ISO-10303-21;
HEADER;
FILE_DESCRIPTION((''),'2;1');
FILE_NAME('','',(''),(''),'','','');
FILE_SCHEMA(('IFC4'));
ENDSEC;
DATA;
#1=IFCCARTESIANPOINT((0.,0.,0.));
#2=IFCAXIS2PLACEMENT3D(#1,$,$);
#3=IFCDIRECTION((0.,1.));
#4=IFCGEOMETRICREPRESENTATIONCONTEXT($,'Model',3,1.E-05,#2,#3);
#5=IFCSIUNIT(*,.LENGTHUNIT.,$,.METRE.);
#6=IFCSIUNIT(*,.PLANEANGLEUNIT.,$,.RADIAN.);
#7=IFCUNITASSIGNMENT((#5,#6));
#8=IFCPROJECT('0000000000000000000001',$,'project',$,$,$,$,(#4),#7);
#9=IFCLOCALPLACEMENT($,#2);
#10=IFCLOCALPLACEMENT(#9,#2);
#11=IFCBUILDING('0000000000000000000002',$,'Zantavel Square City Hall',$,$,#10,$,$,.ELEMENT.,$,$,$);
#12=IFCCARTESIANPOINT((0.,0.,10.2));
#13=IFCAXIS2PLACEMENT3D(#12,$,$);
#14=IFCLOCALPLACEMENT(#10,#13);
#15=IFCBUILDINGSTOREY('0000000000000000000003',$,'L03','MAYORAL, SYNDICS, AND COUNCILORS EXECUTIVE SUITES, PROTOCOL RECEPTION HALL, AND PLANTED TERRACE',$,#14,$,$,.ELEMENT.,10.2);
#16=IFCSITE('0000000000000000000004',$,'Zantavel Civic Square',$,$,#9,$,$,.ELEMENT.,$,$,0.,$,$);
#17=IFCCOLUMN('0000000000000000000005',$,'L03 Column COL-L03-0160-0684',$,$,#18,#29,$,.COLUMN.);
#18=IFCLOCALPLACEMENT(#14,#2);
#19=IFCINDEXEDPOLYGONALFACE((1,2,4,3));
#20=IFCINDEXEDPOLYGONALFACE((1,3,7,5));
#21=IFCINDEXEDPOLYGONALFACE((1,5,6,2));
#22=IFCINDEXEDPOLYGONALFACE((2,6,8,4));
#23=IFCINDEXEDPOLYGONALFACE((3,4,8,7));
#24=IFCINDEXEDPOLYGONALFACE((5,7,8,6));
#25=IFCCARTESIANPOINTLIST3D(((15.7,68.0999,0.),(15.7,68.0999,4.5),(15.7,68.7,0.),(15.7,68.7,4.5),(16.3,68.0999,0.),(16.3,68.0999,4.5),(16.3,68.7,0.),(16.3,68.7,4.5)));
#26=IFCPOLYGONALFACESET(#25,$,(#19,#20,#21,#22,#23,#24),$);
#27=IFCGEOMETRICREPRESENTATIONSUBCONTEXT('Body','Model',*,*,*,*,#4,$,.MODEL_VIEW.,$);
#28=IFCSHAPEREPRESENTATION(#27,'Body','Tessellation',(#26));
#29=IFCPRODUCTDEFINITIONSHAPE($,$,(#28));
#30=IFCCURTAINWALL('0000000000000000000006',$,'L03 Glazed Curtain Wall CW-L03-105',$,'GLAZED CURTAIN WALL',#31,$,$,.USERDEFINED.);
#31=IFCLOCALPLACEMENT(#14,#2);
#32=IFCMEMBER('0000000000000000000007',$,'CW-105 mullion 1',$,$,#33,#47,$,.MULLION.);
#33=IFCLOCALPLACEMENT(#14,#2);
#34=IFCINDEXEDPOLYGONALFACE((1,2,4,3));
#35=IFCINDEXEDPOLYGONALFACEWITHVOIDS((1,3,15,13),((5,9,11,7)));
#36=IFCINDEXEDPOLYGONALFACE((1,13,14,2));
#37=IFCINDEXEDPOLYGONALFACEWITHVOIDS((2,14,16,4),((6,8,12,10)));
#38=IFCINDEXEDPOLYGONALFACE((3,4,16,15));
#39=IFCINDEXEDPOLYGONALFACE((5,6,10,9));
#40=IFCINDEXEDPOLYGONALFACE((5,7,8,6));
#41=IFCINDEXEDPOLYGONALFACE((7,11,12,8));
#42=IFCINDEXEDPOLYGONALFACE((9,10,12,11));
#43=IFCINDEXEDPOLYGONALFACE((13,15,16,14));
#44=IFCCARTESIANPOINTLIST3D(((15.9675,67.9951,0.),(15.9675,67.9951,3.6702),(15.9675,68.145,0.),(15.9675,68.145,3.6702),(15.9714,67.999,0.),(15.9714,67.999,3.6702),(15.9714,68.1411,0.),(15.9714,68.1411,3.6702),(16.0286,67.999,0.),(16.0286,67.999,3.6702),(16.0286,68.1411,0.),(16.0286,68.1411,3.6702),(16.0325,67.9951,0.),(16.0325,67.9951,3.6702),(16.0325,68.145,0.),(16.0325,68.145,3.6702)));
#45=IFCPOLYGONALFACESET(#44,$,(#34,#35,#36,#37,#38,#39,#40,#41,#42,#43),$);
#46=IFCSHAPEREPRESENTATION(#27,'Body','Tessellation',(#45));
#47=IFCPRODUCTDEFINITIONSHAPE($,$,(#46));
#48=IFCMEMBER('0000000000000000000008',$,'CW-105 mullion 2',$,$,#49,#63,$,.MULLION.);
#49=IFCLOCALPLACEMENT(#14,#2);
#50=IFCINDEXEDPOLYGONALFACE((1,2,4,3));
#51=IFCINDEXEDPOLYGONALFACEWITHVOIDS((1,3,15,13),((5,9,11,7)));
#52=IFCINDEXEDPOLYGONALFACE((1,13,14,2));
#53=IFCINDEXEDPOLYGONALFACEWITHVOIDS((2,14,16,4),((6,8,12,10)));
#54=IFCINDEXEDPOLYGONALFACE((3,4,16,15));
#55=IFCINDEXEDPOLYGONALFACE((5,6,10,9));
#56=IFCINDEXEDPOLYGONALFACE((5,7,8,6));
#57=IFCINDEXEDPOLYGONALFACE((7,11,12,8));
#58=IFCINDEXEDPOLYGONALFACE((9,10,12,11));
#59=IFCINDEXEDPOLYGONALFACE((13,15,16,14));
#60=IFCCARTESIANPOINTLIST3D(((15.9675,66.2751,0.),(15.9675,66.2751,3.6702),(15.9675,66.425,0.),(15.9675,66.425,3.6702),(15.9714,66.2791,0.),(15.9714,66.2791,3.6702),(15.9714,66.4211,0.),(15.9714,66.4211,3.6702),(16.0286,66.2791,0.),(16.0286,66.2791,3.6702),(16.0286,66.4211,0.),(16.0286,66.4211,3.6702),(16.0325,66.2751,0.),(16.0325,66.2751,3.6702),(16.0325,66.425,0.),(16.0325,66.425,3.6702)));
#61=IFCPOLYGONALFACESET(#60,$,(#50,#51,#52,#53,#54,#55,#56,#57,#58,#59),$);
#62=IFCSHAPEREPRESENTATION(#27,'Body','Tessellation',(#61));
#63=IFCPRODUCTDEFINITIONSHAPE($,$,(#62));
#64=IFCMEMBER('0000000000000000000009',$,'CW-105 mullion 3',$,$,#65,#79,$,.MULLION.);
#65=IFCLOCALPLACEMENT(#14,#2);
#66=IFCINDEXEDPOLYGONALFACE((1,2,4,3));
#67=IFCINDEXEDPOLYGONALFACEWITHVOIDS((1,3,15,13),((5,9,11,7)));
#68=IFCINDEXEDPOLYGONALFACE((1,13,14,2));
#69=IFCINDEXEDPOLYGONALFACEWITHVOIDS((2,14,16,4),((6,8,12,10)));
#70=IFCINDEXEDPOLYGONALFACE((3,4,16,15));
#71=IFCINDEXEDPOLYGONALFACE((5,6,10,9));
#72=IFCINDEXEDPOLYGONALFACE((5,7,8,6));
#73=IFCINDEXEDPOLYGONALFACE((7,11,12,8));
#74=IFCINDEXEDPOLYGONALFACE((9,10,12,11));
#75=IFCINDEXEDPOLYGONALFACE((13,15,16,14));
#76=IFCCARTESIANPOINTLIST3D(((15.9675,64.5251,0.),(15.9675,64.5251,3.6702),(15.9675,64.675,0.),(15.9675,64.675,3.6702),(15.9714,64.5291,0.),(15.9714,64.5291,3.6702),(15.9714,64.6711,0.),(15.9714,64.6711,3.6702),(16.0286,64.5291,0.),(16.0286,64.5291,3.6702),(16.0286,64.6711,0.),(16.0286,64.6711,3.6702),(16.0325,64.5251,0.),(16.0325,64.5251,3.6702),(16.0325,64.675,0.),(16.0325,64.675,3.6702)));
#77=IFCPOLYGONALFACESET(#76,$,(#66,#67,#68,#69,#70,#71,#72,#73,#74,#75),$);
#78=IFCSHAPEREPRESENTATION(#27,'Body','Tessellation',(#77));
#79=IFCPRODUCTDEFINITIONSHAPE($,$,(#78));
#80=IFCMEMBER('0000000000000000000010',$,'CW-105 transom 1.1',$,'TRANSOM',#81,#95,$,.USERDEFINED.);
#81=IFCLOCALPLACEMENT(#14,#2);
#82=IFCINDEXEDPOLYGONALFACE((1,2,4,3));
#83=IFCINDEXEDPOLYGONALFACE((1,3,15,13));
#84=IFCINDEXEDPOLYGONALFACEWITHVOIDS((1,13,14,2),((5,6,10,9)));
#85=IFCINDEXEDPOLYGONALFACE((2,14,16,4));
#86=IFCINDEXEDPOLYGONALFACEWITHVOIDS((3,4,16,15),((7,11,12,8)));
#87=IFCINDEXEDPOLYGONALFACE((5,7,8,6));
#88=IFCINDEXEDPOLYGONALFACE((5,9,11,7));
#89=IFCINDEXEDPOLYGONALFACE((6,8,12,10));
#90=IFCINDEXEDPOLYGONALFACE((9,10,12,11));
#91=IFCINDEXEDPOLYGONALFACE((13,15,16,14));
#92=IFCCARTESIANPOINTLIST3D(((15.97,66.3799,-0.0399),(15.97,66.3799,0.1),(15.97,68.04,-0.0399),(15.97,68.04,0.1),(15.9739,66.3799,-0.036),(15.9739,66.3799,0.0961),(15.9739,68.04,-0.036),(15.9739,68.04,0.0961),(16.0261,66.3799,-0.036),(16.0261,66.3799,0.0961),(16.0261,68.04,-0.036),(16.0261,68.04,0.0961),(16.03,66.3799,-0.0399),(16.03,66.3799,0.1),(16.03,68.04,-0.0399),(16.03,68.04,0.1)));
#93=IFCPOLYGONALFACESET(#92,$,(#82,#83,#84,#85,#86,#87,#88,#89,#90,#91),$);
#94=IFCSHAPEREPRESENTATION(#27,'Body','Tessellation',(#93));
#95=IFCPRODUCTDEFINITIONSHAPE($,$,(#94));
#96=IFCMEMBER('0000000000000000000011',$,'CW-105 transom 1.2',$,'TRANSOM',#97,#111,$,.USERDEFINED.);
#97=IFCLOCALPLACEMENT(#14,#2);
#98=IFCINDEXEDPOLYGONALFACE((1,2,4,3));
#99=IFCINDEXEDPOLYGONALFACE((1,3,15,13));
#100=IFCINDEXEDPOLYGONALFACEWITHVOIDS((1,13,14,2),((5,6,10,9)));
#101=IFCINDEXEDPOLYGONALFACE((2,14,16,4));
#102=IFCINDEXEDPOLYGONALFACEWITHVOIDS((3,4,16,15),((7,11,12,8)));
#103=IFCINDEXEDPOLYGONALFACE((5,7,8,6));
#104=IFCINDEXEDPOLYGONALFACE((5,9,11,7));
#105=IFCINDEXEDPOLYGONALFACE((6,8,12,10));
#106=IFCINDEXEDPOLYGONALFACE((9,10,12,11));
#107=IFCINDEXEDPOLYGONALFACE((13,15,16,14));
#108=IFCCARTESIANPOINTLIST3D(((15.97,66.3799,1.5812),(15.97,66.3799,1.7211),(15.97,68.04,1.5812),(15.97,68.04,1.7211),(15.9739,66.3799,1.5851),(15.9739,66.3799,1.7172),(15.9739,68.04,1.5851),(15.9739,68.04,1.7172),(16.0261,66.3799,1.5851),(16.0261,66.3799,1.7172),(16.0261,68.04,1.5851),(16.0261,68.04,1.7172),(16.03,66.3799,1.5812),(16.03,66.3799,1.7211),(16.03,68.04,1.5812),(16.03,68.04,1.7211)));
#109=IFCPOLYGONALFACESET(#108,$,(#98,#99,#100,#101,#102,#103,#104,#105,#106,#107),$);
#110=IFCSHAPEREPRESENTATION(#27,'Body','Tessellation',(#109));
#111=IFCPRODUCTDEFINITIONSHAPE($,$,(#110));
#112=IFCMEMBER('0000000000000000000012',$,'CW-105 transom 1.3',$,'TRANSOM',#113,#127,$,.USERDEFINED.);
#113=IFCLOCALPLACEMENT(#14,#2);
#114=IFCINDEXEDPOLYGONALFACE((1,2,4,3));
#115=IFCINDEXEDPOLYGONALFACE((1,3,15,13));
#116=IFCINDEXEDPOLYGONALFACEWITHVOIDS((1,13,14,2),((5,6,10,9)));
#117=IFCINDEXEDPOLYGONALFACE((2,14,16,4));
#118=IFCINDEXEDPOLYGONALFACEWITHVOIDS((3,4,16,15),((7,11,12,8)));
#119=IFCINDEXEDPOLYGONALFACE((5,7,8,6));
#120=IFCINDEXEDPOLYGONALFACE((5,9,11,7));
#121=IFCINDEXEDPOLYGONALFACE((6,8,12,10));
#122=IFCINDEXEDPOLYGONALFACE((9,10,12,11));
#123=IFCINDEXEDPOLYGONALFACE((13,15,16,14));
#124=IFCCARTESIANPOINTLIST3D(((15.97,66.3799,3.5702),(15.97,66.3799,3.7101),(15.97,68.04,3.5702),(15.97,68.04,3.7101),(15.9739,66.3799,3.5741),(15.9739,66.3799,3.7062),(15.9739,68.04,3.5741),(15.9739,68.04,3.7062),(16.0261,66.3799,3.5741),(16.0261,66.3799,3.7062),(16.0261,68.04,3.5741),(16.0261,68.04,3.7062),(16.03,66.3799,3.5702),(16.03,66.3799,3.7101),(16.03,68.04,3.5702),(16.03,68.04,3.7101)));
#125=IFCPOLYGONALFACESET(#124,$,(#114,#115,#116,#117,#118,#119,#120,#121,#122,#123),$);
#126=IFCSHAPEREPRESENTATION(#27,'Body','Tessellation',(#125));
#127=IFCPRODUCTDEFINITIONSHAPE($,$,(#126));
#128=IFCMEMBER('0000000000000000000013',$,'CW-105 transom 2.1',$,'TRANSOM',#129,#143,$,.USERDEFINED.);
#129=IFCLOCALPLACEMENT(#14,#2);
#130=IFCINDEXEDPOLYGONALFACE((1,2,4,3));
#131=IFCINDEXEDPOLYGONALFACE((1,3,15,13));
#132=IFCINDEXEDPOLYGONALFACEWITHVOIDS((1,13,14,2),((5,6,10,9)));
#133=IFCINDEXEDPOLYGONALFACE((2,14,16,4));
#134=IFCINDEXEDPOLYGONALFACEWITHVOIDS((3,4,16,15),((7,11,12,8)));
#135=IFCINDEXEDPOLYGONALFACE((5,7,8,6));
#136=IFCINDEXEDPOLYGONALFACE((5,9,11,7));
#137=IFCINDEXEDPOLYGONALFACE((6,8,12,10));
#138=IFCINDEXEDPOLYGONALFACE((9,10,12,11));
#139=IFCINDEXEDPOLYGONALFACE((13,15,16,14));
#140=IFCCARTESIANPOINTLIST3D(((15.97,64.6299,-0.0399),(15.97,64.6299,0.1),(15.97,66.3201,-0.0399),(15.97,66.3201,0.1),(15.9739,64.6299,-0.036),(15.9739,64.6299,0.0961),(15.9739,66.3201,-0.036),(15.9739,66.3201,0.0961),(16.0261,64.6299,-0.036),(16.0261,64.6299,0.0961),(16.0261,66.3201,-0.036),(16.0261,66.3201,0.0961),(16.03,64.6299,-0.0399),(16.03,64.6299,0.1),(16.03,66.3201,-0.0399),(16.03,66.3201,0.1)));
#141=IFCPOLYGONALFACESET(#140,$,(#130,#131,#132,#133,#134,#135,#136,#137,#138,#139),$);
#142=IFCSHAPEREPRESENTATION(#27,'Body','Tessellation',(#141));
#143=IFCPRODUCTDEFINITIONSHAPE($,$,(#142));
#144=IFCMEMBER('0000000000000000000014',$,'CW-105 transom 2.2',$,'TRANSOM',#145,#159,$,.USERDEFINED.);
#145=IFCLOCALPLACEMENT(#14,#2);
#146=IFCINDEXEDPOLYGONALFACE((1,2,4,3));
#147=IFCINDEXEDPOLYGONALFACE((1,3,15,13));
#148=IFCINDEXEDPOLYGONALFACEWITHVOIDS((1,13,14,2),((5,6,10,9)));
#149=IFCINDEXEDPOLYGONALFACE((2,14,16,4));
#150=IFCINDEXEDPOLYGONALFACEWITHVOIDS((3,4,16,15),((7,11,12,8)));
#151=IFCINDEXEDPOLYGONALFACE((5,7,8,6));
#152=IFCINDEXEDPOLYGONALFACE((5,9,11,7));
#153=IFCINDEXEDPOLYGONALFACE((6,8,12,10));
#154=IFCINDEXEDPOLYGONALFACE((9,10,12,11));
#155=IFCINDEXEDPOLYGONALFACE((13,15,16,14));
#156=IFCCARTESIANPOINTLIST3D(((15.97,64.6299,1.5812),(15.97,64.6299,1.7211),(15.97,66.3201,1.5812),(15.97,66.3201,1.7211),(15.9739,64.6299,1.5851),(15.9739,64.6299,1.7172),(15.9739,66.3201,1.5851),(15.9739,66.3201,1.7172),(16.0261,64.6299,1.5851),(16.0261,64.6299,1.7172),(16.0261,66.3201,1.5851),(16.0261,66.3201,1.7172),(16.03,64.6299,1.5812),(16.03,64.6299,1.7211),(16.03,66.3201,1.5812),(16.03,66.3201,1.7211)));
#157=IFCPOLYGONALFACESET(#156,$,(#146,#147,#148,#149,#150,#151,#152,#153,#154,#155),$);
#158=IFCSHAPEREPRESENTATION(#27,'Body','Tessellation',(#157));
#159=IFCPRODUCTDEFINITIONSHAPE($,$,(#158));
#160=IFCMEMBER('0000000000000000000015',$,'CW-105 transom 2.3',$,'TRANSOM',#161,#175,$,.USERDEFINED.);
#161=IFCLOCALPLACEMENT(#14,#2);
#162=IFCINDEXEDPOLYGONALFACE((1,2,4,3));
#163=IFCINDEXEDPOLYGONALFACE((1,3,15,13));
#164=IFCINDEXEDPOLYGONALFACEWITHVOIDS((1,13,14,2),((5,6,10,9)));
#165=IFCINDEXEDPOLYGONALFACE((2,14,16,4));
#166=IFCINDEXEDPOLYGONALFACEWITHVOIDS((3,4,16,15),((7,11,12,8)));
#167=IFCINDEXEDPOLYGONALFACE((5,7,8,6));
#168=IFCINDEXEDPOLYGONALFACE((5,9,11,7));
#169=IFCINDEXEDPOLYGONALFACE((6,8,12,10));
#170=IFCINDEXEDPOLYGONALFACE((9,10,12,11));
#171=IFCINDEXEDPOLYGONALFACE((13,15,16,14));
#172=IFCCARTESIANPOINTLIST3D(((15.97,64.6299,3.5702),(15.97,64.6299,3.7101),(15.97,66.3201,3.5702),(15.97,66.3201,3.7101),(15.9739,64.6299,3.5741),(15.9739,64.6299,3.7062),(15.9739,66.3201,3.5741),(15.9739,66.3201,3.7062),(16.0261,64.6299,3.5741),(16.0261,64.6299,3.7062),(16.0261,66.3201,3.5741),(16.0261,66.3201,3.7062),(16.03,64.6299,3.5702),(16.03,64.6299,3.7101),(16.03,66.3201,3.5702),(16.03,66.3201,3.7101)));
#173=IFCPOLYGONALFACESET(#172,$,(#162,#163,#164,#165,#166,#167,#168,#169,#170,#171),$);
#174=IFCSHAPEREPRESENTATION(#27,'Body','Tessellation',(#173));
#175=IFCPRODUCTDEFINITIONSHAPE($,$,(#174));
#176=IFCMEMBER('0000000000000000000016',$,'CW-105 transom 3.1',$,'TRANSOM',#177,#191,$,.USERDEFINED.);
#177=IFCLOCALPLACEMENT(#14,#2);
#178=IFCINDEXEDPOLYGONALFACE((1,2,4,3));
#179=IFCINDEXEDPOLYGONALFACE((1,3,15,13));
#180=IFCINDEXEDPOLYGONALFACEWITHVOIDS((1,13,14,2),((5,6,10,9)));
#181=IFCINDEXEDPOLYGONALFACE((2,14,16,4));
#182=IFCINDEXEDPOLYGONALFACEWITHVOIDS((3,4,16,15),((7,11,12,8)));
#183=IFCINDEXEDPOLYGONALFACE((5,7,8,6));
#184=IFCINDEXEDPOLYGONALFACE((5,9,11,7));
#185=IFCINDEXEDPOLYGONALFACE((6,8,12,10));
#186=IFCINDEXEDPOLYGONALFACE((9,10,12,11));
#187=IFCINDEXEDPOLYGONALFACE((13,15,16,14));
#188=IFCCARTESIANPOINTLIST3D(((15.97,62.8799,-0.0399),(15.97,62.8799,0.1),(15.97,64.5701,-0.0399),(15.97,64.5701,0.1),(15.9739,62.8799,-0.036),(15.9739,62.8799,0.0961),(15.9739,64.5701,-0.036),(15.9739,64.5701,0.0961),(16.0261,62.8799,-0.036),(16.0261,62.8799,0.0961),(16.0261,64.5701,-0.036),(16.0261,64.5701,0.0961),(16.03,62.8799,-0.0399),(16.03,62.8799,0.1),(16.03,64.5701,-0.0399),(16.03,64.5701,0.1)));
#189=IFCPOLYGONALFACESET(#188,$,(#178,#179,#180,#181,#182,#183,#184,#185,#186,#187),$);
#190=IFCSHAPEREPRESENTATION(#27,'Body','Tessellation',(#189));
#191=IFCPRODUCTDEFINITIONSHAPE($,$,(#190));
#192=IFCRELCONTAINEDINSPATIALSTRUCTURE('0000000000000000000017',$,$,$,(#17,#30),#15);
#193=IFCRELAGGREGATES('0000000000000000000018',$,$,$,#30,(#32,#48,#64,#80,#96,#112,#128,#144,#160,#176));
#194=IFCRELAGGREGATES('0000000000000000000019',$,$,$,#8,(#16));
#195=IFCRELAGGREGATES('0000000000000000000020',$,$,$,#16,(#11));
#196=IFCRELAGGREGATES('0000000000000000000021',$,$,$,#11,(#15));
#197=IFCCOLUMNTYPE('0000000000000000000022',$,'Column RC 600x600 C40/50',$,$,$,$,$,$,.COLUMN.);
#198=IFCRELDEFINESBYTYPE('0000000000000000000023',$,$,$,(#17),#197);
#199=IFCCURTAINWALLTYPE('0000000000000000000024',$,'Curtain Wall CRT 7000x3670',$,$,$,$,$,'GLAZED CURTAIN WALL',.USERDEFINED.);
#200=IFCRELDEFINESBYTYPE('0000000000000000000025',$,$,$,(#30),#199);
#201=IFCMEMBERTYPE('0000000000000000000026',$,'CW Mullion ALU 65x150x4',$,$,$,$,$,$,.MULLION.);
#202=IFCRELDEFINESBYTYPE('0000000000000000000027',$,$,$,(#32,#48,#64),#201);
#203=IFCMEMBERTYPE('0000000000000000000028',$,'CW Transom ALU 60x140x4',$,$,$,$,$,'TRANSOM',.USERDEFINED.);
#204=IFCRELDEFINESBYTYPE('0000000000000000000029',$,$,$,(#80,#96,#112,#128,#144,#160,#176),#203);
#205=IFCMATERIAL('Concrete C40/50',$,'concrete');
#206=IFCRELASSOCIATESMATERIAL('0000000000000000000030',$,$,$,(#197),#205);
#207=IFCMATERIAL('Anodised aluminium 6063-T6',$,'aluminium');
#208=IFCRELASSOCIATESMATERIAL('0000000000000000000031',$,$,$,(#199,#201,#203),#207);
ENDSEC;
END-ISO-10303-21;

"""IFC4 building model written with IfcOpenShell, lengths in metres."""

from ifc_helpers import new_model, si_unit, direction, frame, origin, origin_2d, place, context, subcontext, project, spatial, rectangle, hollow_rectangle, extrude, material, material_profile, profile_set, type_object, element, aggregate, save


model = new_model("IFC4")

# Units and contexts
model_context = context("Model", 3, precision=1e-05, world=origin(), true_north=direction((0.0, 1.0)))
body_context = subcontext(model_context, "Body", "Model", "MODEL_VIEW")
ifc_project = project(units=[si_unit("LENGTHUNIT", "METRE"), si_unit("PLANEANGLEUNIT", "RADIAN")], contexts=[model_context])

# Site, building, storey
site_placement = place(None, origin())
site = spatial("IfcSite", under=ifc_project, at=site_placement, Name="Zantavel Civic Square", CompositionType="ELEMENT", RefElevation=0.0)
building_placement = place(site_placement, origin())
building = spatial("IfcBuilding", under=site, at=building_placement, Name="Zantavel Square City Hall", CompositionType="ELEMENT")
storey_placement = place(building_placement, frame((0.0, 0.0, 10.2)))
storey = spatial("IfcBuildingStorey", under=building, at=storey_placement, Name="L03", Description="MAYORAL, SYNDICS, AND COUNCILORS EXECUTIVE SUITES, PROTOCOL RECEPTION HALL, AND PLANTED TERRACE", CompositionType="ELEMENT", Elevation=10.2)

# Column
ifc_material_1 = material(Name="Concrete C40/50", Category="concrete")
ifc_material_profile_1 = material_profile(ifc_material_1, rectangle(XDim=0.6001, YDim=0.6001, at=origin_2d()), Name="RC 600x600")
ifc_profile_set_1 = profile_set([ifc_material_profile_1], Name="Concrete C40/50")
column_type = type_object("IfcColumnType", Name="Column RC 600x600 C40/50", PredefinedType="COLUMN", material=ifc_profile_set_1)
column_placement = place(storey_placement, frame((16.0, 68.3999, 0.0), z_axis=(0.0, 0.0, 1.0), x_axis=(1.0, 0.0, 0.0)))
element("IfcColumn", 1, at=column_placement, inside=storey, type_object=column_type, Name="L03 Column COL-L03-0160-0684", PredefinedType="COLUMN", context=body_context, shape_type="SweptSolid", body=[
    extrude(rectangle(XDim=0.6001, YDim=0.6001, at=origin_2d()), origin(), (0.0, 0.0, 1.0), 4.5),
])

# Curtain wall, members
ifc_material_2 = material(Name="Anodised aluminium 6063-T6", Category="aluminium")
curtain_wall_type = type_object("IfcCurtainWallType", Name="Curtain Wall CRT 7000x3670", ElementType="GLAZED CURTAIN WALL", PredefinedType="USERDEFINED", material=ifc_material_2)
curtain_wall_placement = place(storey_placement, origin())
curtain_wall = element("IfcCurtainWall", 2, at=curtain_wall_placement, inside=storey, type_object=curtain_wall_type, Name="L03 Glazed Curtain Wall CW-L03-105", ObjectType="GLAZED CURTAIN WALL", PredefinedType="USERDEFINED")
ifc_material_profile_2 = material_profile(ifc_material_2, hollow_rectangle(XDim=0.0649, YDim=0.1499, WallThickness=0.0039, at=origin_2d()), Name="ALU 65x150x4")
ifc_profile_set_2 = profile_set([ifc_material_profile_2], Name="Anodised aluminium 6063-T6")
member_type_1 = type_object("IfcMemberType", Name="CW Mullion ALU 65x150x4", PredefinedType="MULLION", material=ifc_profile_set_2)
member_1_placement = place(storey_placement, frame((16.0, 68.0701, 0.0), z_axis=(0.0, 0.0, 1.0), x_axis=(1.0, 0.0, 0.0)))
member_1 = element("IfcMember", 3, at=member_1_placement, type_object=member_type_1, Name="CW-105 mullion 1", PredefinedType="MULLION", context=body_context, shape_type="SweptSolid", body=[
    extrude(hollow_rectangle(XDim=0.0649, YDim=0.1499, WallThickness=0.0039, at=origin_2d()), origin(), (0.0, 0.0, 1.0), 3.6702),
])
member_2_placement = place(storey_placement, frame((16.0, 66.3501, 0.0), z_axis=(0.0, 0.0, 1.0), x_axis=(1.0, 0.0, 0.0)))
member_2 = element("IfcMember", 4, at=member_2_placement, type_object=member_type_1, Name="CW-105 mullion 2", PredefinedType="MULLION", context=body_context, shape_type="SweptSolid", body=[
    extrude(hollow_rectangle(XDim=0.0649, YDim=0.1499, WallThickness=0.0039, at=origin_2d()), origin(), (0.0, 0.0, 1.0), 3.6702),
])
member_3_placement = place(storey_placement, frame((16.0, 64.6001, 0.0), z_axis=(0.0, 0.0, 1.0), x_axis=(1.0, 0.0, 0.0)))
member_3 = element("IfcMember", 5, at=member_3_placement, type_object=member_type_1, Name="CW-105 mullion 3", PredefinedType="MULLION", context=body_context, shape_type="SweptSolid", body=[
    extrude(hollow_rectangle(XDim=0.0649, YDim=0.1499, WallThickness=0.0039, at=origin_2d()), origin(), (0.0, 0.0, 1.0), 3.6702),
])
ifc_material_profile_3 = material_profile(ifc_material_2, hollow_rectangle(XDim=0.0601, YDim=0.1399, WallThickness=0.0039, at=origin_2d()), Name="ALU 60x140x4")
ifc_profile_set_3 = profile_set([ifc_material_profile_3], Name="Anodised aluminium 6063-T6")
member_type_2 = type_object("IfcMemberType", Name="CW Transom ALU 60x140x4", ElementType="TRANSOM", PredefinedType="USERDEFINED", material=ifc_profile_set_3)
member_4_placement = place(storey_placement, frame((16.0, 68.04, 0.03), z_axis=(0.0, -1.0, 0.0), x_axis=(1.0, 0.0, 0.0)))
member_4 = element("IfcMember", 6, at=member_4_placement, type_object=member_type_2, Name="CW-105 transom 1.1", ObjectType="TRANSOM", PredefinedType="USERDEFINED", context=body_context, shape_type="SweptSolid", body=[
    extrude(hollow_rectangle(XDim=0.0601, YDim=0.1399, WallThickness=0.0039, at=origin_2d()), origin(), (0.0, 0.0, 1.0), 1.6602),
])
member_5_placement = place(storey_placement, frame((16.0, 68.04, 1.6511), z_axis=(0.0, -1.0, 0.0), x_axis=(1.0, 0.0, 0.0)))
member_5 = element("IfcMember", 7, at=member_5_placement, type_object=member_type_2, Name="CW-105 transom 1.2", ObjectType="TRANSOM", PredefinedType="USERDEFINED", context=body_context, shape_type="SweptSolid", body=[
    extrude(hollow_rectangle(XDim=0.0601, YDim=0.1399, WallThickness=0.0039, at=origin_2d()), origin(), (0.0, 0.0, 1.0), 1.6602),
])
member_6_placement = place(storey_placement, frame((16.0, 68.04, 3.6401), z_axis=(0.0, -1.0, 0.0), x_axis=(1.0, 0.0, 0.0)))
member_6 = element("IfcMember", 8, at=member_6_placement, type_object=member_type_2, Name="CW-105 transom 1.3", ObjectType="TRANSOM", PredefinedType="USERDEFINED", context=body_context, shape_type="SweptSolid", body=[
    extrude(hollow_rectangle(XDim=0.0601, YDim=0.1399, WallThickness=0.0039, at=origin_2d()), origin(), (0.0, 0.0, 1.0), 1.6602),
])
member_7_placement = place(storey_placement, frame((16.0, 66.3201, 0.03), z_axis=(0.0, -1.0, 0.0), x_axis=(1.0, 0.0, 0.0)))
member_7 = element("IfcMember", 9, at=member_7_placement, type_object=member_type_2, Name="CW-105 transom 2.1", ObjectType="TRANSOM", PredefinedType="USERDEFINED", context=body_context, shape_type="SweptSolid", body=[
    extrude(hollow_rectangle(XDim=0.0601, YDim=0.1399, WallThickness=0.0039, at=origin_2d()), origin(), (0.0, 0.0, 1.0), 1.6902),
])
member_8_placement = place(storey_placement, frame((16.0, 66.3201, 1.6511), z_axis=(0.0, -1.0, 0.0), x_axis=(1.0, 0.0, 0.0)))
member_8 = element("IfcMember", 10, at=member_8_placement, type_object=member_type_2, Name="CW-105 transom 2.2", ObjectType="TRANSOM", PredefinedType="USERDEFINED", context=body_context, shape_type="SweptSolid", body=[
    extrude(hollow_rectangle(XDim=0.0601, YDim=0.1399, WallThickness=0.0039, at=origin_2d()), origin(), (0.0, 0.0, 1.0), 1.6902),
])
member_9_placement = place(storey_placement, frame((16.0, 66.3201, 3.6401), z_axis=(0.0, -1.0, 0.0), x_axis=(1.0, 0.0, 0.0)))
member_9 = element("IfcMember", 11, at=member_9_placement, type_object=member_type_2, Name="CW-105 transom 2.3", ObjectType="TRANSOM", PredefinedType="USERDEFINED", context=body_context, shape_type="SweptSolid", body=[
    extrude(hollow_rectangle(XDim=0.0601, YDim=0.1399, WallThickness=0.0039, at=origin_2d()), origin(), (0.0, 0.0, 1.0), 1.6902),
])
member_10_placement = place(storey_placement, frame((16.0, 64.5701, 0.03), z_axis=(0.0, -1.0, 0.0), x_axis=(1.0, 0.0, 0.0)))
member_10 = element("IfcMember", 12, at=member_10_placement, type_object=member_type_2, Name="CW-105 transom 3.1", ObjectType="TRANSOM", PredefinedType="USERDEFINED", context=body_context, shape_type="SweptSolid", body=[
    extrude(hollow_rectangle(XDim=0.0601, YDim=0.1399, WallThickness=0.0039, at=origin_2d()), origin(), (0.0, 0.0, 1.0), 1.6902),
])

aggregate(curtain_wall, [member_1, member_2, member_3, member_4, member_5, member_6, member_7, member_8, member_9, member_10])

save(model, "model.ifc")
